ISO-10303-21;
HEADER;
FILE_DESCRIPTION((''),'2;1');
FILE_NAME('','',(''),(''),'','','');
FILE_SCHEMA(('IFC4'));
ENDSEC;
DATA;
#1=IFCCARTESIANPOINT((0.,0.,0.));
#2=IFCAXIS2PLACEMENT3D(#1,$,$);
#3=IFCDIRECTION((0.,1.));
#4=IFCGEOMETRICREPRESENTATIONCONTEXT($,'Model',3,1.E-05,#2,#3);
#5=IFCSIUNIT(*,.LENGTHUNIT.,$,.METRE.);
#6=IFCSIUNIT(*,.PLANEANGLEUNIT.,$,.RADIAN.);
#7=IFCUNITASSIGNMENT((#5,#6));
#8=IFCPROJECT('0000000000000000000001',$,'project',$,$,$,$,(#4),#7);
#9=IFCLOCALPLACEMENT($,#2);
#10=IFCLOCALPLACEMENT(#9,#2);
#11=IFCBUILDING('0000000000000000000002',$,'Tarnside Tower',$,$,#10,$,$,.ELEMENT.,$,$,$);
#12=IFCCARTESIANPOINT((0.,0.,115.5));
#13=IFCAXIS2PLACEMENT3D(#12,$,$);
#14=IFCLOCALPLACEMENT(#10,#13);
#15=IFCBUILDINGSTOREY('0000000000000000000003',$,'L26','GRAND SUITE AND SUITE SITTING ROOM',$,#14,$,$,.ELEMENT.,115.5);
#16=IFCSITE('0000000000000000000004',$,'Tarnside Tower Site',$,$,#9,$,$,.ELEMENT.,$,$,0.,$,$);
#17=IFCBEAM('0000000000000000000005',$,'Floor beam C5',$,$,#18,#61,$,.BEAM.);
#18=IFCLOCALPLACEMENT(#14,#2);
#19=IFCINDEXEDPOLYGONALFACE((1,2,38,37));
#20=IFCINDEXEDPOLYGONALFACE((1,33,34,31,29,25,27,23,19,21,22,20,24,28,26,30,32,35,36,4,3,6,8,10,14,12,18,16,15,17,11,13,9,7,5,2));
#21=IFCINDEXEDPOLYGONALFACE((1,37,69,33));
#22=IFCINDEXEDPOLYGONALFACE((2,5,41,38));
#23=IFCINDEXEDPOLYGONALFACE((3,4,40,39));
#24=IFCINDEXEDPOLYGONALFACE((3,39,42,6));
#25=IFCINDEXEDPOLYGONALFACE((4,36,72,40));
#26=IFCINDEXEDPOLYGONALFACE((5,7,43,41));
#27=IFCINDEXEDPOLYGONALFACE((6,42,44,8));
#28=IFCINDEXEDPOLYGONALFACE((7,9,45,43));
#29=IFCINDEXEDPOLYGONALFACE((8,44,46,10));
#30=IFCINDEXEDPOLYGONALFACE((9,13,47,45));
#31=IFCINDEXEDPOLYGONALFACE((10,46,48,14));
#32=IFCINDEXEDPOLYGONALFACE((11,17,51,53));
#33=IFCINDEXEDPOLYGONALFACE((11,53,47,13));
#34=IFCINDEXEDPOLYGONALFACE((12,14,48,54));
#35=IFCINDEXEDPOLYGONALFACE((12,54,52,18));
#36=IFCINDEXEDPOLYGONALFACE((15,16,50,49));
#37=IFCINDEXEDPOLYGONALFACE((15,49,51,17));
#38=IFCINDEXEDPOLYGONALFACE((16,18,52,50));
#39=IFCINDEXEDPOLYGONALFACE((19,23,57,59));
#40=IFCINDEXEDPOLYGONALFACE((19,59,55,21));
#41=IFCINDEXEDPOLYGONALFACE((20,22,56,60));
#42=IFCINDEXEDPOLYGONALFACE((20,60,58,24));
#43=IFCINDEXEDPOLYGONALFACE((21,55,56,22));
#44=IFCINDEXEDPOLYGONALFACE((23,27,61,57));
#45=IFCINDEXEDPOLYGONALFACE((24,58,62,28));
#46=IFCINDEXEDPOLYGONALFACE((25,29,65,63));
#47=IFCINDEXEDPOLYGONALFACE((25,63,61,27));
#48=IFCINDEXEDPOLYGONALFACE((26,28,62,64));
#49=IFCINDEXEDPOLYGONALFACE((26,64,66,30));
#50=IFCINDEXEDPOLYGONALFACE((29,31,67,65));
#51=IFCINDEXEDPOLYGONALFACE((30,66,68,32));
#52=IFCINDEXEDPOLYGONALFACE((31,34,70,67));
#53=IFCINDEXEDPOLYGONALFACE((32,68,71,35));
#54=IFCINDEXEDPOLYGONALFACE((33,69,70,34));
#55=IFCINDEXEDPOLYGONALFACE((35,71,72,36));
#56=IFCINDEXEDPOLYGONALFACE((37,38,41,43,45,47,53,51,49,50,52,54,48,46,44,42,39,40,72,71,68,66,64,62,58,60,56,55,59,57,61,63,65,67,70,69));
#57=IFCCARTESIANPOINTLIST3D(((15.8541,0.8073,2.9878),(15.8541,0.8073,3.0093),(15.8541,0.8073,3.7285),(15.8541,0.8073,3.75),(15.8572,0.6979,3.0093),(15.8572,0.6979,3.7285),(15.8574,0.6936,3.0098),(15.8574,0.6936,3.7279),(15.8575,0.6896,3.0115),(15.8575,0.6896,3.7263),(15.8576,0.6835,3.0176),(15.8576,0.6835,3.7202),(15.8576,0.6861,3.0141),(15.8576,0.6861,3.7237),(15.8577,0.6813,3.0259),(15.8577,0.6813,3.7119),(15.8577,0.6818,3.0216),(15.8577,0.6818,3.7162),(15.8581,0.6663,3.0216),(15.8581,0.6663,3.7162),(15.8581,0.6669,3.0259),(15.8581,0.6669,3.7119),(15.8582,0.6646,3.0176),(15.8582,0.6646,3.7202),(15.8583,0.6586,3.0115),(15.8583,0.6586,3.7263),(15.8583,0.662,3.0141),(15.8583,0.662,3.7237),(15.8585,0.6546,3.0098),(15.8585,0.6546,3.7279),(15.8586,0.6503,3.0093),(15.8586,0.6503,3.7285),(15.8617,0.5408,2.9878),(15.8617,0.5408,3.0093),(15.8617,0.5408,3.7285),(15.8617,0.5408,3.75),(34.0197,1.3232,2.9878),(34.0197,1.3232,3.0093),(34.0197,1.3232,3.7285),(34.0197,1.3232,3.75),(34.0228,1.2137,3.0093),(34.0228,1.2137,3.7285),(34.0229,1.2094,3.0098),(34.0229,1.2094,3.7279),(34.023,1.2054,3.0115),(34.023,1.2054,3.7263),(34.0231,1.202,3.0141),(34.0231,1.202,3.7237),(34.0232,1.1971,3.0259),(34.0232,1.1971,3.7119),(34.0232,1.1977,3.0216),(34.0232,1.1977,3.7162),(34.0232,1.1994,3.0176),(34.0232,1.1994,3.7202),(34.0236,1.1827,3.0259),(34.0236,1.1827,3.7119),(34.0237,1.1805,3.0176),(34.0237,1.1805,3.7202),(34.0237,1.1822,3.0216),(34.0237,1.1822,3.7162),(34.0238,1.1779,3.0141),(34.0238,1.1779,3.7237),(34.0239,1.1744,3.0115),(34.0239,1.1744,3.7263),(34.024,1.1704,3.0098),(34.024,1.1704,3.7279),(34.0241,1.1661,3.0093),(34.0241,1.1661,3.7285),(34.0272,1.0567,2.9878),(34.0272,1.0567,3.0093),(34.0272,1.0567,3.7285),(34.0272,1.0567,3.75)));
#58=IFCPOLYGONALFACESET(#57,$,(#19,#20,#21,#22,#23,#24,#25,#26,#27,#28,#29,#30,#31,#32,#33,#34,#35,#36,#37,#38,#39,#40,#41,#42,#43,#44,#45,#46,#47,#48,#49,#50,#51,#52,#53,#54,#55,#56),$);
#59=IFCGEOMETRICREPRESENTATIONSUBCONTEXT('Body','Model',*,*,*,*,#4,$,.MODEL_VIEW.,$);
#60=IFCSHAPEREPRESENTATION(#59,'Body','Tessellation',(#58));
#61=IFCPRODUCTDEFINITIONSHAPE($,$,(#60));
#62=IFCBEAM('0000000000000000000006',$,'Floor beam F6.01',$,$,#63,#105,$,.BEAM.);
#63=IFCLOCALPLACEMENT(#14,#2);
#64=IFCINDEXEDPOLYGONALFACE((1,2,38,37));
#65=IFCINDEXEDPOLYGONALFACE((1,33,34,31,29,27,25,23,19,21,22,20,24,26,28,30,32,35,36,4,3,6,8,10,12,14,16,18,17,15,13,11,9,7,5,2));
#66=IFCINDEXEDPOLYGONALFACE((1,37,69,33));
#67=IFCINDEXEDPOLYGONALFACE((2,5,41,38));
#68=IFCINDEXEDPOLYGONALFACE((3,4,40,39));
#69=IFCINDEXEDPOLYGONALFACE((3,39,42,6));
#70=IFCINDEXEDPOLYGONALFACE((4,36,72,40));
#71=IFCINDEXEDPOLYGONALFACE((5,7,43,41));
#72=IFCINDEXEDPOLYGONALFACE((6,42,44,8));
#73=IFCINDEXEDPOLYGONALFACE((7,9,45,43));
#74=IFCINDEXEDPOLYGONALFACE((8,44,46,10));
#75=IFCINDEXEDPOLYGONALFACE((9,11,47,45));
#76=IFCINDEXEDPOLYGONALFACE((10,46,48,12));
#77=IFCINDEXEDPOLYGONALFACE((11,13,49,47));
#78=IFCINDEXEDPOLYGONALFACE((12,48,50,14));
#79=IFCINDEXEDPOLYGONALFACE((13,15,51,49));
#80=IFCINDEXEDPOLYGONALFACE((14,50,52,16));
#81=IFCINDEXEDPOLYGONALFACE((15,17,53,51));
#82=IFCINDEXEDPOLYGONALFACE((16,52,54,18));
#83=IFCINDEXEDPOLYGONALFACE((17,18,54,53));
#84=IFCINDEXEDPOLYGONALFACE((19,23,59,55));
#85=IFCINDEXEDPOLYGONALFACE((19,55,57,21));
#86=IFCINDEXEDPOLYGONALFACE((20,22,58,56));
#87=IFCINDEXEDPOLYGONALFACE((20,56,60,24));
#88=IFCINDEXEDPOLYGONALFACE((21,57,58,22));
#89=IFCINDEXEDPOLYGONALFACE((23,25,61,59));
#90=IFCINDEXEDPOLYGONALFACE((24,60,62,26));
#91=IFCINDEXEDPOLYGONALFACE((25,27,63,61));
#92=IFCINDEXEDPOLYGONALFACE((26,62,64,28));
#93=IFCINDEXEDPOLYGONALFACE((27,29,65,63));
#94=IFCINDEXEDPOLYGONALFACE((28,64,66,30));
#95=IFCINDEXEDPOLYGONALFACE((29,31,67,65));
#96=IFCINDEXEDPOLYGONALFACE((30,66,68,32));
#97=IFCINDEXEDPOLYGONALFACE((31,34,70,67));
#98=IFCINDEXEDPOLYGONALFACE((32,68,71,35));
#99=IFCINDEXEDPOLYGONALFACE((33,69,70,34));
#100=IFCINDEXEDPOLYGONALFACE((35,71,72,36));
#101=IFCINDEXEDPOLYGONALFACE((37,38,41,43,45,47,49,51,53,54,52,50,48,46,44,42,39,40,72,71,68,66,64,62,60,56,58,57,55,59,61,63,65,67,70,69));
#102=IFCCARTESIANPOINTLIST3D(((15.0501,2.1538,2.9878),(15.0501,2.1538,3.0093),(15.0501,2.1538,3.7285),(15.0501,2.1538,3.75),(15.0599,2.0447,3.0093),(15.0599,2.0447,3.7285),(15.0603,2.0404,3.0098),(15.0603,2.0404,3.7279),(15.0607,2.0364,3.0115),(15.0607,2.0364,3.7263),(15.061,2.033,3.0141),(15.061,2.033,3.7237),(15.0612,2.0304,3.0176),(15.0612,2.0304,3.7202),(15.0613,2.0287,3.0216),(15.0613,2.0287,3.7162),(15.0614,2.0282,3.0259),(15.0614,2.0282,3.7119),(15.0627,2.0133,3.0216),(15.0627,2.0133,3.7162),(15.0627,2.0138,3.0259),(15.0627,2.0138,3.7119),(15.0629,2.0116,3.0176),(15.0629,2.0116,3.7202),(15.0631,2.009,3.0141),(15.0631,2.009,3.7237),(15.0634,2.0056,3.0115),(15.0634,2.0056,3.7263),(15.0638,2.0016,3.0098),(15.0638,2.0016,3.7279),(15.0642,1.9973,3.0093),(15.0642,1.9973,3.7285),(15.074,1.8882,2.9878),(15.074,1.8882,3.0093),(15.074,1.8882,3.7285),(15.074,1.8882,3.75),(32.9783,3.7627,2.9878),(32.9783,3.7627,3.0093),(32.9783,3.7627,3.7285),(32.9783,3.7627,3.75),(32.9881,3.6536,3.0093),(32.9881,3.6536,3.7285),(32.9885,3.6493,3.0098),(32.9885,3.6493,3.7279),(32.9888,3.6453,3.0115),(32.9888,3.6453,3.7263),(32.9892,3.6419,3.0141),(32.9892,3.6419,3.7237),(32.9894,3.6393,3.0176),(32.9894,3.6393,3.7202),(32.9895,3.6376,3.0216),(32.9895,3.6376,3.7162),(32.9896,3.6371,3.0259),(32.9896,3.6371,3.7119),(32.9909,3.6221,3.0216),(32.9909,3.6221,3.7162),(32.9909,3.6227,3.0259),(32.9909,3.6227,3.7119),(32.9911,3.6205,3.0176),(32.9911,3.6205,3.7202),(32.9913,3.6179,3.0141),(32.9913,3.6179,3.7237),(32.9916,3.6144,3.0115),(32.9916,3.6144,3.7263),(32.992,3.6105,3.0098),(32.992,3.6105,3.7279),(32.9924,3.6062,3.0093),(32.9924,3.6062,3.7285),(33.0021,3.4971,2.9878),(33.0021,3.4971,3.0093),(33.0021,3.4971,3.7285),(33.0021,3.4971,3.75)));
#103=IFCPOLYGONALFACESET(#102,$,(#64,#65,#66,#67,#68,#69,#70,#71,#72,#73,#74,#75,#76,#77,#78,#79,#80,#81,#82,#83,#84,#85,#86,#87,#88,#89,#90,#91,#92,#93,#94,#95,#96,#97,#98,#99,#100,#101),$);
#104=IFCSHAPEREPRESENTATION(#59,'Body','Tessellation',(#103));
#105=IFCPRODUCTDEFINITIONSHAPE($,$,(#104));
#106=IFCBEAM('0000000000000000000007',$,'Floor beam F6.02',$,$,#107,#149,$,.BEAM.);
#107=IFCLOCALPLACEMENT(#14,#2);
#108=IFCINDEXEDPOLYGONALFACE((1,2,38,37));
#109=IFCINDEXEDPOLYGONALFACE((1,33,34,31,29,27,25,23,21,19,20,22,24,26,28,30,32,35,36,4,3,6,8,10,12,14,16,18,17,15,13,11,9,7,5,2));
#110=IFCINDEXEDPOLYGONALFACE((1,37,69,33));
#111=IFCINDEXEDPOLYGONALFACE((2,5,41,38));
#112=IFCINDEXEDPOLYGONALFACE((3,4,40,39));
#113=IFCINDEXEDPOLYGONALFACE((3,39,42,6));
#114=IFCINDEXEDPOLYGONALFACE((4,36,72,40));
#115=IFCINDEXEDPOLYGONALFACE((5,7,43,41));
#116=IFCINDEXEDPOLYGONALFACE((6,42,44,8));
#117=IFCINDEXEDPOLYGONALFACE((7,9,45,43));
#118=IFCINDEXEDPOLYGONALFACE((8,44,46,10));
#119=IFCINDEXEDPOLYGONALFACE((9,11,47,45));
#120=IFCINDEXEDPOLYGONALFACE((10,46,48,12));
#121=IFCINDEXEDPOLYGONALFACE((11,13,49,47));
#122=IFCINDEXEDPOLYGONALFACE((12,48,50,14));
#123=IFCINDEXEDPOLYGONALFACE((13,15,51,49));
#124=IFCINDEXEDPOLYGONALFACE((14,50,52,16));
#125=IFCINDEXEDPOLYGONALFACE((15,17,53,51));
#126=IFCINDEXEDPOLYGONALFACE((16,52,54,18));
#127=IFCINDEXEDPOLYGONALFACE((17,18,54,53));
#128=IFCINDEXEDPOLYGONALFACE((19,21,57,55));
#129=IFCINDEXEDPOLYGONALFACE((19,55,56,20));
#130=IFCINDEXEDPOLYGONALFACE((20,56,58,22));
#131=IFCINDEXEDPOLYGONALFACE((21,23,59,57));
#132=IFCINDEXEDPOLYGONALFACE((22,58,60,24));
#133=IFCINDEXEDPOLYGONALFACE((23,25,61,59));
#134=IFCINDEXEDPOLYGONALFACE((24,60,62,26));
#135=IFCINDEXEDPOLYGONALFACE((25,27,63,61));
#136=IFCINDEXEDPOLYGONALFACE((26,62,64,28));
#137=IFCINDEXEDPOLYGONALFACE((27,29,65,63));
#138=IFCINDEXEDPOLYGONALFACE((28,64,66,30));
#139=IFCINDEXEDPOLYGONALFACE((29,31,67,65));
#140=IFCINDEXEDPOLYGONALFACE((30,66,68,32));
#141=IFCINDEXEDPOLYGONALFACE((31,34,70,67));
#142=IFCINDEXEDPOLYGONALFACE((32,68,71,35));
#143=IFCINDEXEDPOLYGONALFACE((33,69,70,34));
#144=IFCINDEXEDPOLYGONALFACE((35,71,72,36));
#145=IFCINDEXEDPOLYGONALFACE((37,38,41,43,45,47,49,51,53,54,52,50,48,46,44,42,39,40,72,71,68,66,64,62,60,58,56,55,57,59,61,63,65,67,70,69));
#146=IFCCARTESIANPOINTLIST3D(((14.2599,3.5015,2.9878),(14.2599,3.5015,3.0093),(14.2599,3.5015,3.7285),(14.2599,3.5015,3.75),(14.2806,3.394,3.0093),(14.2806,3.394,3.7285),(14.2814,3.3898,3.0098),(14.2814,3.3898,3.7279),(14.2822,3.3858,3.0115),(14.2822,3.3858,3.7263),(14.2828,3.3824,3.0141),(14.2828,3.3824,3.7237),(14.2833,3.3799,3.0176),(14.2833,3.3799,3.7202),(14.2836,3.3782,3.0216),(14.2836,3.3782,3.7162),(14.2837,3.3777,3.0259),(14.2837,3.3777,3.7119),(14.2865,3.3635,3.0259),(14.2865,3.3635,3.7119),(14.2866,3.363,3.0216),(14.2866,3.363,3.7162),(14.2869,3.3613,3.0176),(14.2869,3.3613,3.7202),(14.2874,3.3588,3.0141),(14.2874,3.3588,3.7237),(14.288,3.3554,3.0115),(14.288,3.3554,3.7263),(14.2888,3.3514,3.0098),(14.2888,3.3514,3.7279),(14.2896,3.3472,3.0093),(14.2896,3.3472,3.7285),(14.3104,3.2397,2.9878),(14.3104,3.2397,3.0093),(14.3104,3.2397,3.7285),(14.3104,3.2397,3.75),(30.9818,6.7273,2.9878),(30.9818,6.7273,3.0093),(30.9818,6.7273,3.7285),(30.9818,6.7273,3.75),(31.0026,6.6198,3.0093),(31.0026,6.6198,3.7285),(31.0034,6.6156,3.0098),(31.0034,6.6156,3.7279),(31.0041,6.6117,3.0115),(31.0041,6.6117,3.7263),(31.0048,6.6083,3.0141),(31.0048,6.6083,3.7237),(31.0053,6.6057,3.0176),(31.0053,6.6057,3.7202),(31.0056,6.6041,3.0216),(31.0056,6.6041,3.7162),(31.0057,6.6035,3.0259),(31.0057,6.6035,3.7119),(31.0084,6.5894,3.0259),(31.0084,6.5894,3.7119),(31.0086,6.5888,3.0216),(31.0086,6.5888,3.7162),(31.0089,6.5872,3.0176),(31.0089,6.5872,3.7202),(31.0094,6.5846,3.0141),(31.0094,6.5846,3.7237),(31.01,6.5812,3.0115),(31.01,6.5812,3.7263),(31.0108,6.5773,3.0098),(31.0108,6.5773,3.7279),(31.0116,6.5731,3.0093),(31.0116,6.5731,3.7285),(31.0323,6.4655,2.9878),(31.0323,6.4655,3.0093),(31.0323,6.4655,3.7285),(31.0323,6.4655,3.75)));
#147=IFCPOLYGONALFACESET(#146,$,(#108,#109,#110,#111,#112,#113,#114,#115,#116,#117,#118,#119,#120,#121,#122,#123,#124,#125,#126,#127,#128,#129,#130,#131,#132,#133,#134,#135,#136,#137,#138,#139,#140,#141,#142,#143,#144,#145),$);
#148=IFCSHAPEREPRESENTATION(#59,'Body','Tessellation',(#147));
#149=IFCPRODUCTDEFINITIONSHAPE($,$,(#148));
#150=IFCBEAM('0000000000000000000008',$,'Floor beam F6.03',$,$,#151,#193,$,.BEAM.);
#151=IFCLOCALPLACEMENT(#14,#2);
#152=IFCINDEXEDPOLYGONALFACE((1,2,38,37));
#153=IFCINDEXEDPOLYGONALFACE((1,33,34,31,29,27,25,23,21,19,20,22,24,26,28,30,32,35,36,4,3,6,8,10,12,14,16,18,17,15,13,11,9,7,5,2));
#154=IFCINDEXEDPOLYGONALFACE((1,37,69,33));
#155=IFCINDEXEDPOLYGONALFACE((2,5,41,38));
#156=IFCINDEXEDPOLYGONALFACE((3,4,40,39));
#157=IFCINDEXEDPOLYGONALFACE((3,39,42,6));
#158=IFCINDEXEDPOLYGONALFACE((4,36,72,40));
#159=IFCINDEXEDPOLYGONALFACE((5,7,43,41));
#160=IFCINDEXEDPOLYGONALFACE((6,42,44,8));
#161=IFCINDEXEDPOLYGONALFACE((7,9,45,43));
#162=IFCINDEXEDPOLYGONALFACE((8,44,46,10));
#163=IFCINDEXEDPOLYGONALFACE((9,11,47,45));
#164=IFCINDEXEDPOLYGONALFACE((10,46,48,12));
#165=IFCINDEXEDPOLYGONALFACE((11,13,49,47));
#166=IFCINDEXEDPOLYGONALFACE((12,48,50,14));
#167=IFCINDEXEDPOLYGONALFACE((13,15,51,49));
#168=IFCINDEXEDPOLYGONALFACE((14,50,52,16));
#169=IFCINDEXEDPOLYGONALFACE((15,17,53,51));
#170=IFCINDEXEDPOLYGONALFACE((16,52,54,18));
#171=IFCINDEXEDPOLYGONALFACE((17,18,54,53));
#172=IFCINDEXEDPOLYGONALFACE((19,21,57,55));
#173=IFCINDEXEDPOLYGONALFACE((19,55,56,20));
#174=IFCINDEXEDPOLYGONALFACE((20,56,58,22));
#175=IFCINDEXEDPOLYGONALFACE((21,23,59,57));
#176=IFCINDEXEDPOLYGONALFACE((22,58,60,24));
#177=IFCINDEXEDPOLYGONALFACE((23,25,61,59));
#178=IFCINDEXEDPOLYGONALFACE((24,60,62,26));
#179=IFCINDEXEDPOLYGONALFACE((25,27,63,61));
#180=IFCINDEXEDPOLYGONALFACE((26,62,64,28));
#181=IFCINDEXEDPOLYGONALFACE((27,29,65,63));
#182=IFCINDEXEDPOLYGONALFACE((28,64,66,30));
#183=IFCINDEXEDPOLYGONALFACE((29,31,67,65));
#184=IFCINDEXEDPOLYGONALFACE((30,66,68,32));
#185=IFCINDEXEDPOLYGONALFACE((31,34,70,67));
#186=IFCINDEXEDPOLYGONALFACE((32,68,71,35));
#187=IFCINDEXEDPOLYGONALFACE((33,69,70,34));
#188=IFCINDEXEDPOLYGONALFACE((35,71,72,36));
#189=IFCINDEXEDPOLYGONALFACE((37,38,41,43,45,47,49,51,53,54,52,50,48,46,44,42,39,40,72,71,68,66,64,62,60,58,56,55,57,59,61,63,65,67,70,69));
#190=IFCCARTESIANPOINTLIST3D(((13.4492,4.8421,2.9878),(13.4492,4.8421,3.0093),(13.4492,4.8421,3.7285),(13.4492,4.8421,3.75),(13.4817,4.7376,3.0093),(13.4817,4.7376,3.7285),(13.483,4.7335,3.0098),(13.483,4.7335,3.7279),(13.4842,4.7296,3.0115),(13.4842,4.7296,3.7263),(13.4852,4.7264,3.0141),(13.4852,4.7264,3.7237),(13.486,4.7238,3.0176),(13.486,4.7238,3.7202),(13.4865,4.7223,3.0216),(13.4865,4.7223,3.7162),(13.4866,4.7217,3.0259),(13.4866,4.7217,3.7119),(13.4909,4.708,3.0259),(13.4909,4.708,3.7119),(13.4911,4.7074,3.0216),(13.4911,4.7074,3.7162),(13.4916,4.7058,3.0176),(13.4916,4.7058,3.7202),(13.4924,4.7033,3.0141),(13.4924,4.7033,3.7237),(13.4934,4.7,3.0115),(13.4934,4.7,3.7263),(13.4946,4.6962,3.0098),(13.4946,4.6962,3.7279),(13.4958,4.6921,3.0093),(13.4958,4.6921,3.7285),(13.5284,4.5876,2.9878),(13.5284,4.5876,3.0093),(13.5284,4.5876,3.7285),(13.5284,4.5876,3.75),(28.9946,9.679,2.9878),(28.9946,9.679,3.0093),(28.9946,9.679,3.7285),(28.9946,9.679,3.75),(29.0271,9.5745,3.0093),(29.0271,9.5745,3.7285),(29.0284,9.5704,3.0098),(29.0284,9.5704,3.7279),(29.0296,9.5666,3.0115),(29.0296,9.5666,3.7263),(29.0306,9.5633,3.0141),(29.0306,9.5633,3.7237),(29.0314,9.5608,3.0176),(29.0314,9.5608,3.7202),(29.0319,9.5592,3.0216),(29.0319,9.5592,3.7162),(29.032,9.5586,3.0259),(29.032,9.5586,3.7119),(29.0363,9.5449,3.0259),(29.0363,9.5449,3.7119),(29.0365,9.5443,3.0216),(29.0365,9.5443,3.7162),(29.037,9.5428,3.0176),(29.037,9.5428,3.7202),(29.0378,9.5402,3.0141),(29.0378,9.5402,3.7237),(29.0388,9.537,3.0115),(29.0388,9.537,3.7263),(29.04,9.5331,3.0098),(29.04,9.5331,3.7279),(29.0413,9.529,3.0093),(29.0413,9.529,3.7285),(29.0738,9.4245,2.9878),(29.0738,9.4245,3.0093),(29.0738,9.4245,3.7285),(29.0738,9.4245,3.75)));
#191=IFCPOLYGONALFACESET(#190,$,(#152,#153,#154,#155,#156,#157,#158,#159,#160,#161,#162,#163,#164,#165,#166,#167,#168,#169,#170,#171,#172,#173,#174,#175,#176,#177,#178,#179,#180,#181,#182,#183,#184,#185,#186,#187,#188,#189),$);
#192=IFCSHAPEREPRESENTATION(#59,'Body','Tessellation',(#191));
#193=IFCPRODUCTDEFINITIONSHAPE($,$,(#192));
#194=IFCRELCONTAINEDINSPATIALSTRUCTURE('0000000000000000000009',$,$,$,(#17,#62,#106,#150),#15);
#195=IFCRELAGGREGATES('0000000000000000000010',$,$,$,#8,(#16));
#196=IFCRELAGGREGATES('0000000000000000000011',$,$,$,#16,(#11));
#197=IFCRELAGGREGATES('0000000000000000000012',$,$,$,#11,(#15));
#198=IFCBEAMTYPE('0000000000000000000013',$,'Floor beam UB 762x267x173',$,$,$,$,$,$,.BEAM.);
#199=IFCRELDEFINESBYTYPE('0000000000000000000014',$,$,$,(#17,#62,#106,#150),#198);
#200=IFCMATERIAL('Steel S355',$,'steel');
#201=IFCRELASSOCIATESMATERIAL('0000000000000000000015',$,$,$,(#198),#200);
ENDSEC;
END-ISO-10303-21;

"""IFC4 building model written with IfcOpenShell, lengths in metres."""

from ifc_helpers import new_model, si_unit, direction, frame, origin, origin_2d, place, context, subcontext, project, spatial, i_section, extrude, material, material_profile, profile_set, type_object, element, save


model = new_model("IFC4")

# Units and contexts
model_context = context("Model", 3, precision=1e-05, world=origin(), true_north=direction((0.0, 1.0)))
body_context = subcontext(model_context, "Body", "Model", "MODEL_VIEW")
ifc_project = project(units=[si_unit("LENGTHUNIT", "METRE"), si_unit("PLANEANGLEUNIT", "RADIAN")], contexts=[model_context])

# Site, building, storey
site_placement = place(None, origin())
site = spatial("IfcSite", under=ifc_project, at=site_placement, Name="Tarnside Tower Site", CompositionType="ELEMENT", RefElevation=0.0)
building_placement = place(site_placement, origin())
building = spatial("IfcBuilding", under=site, at=building_placement, Name="Tarnside Tower", CompositionType="ELEMENT")
storey_placement = place(building_placement, frame((0.0, 0.0, 115.5)))
storey = spatial("IfcBuildingStorey", under=building, at=storey_placement, Name="L26", Description="GRAND SUITE AND SUITE SITTING ROOM", CompositionType="ELEMENT", Elevation=115.5)

# Beams
ifc_material_1 = material(Name="Steel S355", Category="steel")
ifc_material_profile = material_profile(ifc_material_1, i_section(OverallWidth=0.2666, OverallDepth=0.7622, WebThickness=0.0144, FlangeThickness=0.0215, FilletRadius=0.0166, at=origin_2d()), Name="UB 762x267x173")
ifc_profile_set = profile_set([ifc_material_profile], Name="Steel S355")
beam_type = type_object("IfcBeamType", Name="Floor beam UB 762x267x173", PredefinedType="BEAM", material=ifc_profile_set)
beam_1_placement = place(storey_placement, frame((34.0234, 1.1899, 3.3689), z_axis=(-0.999597, -0.028387, 0.0), x_axis=(0.028387, -0.999597, 0.0)))
element("IfcBeam", 1, at=beam_1_placement, inside=storey, type_object=beam_type, Name="Floor beam C5", PredefinedType="BEAM", context=body_context, shape_type="SweptSolid", body=[
    extrude(i_section(OverallWidth=0.2666, OverallDepth=0.7622, WebThickness=0.0144, FlangeThickness=0.0215, FilletRadius=0.0166, at=origin_2d()), origin(), (0.0, 0.0, 1.0), 18.1729),
])
beam_2_placement = place(storey_placement, frame((32.9902, 3.6299, 3.3689), z_axis=(-0.995997, -0.089381, 0.0), x_axis=(0.089381, -0.995997, 0.0)))
element("IfcBeam", 2, at=beam_2_placement, inside=storey, type_object=beam_type, Name="Floor beam F6.01", PredefinedType="BEAM", context=body_context, shape_type="SweptSolid", body=[
    extrude(i_section(OverallWidth=0.2666, OverallDepth=0.7622, WebThickness=0.0144, FlangeThickness=0.0215, FilletRadius=0.0166, at=origin_2d()), origin(), (0.0, 0.0, 1.0), 18.0002),
])
beam_3_placement = place(storey_placement, frame((31.0071, 6.5964, 3.3689), z_axis=(-0.981897, -0.189418, 0.0), x_axis=(0.189418, -0.981897, 0.0)))
element("IfcBeam", 3, at=beam_3_placement, inside=storey, type_object=beam_type, Name="Floor beam F6.02", PredefinedType="BEAM", context=body_context, shape_type="SweptSolid", body=[
    extrude(i_section(OverallWidth=0.2666, OverallDepth=0.7622, WebThickness=0.0144, FlangeThickness=0.0215, FilletRadius=0.0166, at=origin_2d()), origin(), (0.0, 0.0, 1.0), 17.0303),
])
beam_4_placement = place(storey_placement, frame((29.0342, 9.5518, 3.3689), z_axis=(-0.954847, -0.297098, 0.0), x_axis=(0.297098, -0.954847, 0.0)))
element("IfcBeam", 4, at=beam_4_placement, inside=storey, type_object=beam_type, Name="Floor beam F6.03", PredefinedType="BEAM", context=body_context, shape_type="SweptSolid", body=[
    extrude(i_section(OverallWidth=0.2666, OverallDepth=0.7622, WebThickness=0.0144, FlangeThickness=0.0215, FilletRadius=0.0166, at=origin_2d()), origin(), (0.0, 0.0, 1.0), 16.2805),
])

save(model, "model.ifc")
